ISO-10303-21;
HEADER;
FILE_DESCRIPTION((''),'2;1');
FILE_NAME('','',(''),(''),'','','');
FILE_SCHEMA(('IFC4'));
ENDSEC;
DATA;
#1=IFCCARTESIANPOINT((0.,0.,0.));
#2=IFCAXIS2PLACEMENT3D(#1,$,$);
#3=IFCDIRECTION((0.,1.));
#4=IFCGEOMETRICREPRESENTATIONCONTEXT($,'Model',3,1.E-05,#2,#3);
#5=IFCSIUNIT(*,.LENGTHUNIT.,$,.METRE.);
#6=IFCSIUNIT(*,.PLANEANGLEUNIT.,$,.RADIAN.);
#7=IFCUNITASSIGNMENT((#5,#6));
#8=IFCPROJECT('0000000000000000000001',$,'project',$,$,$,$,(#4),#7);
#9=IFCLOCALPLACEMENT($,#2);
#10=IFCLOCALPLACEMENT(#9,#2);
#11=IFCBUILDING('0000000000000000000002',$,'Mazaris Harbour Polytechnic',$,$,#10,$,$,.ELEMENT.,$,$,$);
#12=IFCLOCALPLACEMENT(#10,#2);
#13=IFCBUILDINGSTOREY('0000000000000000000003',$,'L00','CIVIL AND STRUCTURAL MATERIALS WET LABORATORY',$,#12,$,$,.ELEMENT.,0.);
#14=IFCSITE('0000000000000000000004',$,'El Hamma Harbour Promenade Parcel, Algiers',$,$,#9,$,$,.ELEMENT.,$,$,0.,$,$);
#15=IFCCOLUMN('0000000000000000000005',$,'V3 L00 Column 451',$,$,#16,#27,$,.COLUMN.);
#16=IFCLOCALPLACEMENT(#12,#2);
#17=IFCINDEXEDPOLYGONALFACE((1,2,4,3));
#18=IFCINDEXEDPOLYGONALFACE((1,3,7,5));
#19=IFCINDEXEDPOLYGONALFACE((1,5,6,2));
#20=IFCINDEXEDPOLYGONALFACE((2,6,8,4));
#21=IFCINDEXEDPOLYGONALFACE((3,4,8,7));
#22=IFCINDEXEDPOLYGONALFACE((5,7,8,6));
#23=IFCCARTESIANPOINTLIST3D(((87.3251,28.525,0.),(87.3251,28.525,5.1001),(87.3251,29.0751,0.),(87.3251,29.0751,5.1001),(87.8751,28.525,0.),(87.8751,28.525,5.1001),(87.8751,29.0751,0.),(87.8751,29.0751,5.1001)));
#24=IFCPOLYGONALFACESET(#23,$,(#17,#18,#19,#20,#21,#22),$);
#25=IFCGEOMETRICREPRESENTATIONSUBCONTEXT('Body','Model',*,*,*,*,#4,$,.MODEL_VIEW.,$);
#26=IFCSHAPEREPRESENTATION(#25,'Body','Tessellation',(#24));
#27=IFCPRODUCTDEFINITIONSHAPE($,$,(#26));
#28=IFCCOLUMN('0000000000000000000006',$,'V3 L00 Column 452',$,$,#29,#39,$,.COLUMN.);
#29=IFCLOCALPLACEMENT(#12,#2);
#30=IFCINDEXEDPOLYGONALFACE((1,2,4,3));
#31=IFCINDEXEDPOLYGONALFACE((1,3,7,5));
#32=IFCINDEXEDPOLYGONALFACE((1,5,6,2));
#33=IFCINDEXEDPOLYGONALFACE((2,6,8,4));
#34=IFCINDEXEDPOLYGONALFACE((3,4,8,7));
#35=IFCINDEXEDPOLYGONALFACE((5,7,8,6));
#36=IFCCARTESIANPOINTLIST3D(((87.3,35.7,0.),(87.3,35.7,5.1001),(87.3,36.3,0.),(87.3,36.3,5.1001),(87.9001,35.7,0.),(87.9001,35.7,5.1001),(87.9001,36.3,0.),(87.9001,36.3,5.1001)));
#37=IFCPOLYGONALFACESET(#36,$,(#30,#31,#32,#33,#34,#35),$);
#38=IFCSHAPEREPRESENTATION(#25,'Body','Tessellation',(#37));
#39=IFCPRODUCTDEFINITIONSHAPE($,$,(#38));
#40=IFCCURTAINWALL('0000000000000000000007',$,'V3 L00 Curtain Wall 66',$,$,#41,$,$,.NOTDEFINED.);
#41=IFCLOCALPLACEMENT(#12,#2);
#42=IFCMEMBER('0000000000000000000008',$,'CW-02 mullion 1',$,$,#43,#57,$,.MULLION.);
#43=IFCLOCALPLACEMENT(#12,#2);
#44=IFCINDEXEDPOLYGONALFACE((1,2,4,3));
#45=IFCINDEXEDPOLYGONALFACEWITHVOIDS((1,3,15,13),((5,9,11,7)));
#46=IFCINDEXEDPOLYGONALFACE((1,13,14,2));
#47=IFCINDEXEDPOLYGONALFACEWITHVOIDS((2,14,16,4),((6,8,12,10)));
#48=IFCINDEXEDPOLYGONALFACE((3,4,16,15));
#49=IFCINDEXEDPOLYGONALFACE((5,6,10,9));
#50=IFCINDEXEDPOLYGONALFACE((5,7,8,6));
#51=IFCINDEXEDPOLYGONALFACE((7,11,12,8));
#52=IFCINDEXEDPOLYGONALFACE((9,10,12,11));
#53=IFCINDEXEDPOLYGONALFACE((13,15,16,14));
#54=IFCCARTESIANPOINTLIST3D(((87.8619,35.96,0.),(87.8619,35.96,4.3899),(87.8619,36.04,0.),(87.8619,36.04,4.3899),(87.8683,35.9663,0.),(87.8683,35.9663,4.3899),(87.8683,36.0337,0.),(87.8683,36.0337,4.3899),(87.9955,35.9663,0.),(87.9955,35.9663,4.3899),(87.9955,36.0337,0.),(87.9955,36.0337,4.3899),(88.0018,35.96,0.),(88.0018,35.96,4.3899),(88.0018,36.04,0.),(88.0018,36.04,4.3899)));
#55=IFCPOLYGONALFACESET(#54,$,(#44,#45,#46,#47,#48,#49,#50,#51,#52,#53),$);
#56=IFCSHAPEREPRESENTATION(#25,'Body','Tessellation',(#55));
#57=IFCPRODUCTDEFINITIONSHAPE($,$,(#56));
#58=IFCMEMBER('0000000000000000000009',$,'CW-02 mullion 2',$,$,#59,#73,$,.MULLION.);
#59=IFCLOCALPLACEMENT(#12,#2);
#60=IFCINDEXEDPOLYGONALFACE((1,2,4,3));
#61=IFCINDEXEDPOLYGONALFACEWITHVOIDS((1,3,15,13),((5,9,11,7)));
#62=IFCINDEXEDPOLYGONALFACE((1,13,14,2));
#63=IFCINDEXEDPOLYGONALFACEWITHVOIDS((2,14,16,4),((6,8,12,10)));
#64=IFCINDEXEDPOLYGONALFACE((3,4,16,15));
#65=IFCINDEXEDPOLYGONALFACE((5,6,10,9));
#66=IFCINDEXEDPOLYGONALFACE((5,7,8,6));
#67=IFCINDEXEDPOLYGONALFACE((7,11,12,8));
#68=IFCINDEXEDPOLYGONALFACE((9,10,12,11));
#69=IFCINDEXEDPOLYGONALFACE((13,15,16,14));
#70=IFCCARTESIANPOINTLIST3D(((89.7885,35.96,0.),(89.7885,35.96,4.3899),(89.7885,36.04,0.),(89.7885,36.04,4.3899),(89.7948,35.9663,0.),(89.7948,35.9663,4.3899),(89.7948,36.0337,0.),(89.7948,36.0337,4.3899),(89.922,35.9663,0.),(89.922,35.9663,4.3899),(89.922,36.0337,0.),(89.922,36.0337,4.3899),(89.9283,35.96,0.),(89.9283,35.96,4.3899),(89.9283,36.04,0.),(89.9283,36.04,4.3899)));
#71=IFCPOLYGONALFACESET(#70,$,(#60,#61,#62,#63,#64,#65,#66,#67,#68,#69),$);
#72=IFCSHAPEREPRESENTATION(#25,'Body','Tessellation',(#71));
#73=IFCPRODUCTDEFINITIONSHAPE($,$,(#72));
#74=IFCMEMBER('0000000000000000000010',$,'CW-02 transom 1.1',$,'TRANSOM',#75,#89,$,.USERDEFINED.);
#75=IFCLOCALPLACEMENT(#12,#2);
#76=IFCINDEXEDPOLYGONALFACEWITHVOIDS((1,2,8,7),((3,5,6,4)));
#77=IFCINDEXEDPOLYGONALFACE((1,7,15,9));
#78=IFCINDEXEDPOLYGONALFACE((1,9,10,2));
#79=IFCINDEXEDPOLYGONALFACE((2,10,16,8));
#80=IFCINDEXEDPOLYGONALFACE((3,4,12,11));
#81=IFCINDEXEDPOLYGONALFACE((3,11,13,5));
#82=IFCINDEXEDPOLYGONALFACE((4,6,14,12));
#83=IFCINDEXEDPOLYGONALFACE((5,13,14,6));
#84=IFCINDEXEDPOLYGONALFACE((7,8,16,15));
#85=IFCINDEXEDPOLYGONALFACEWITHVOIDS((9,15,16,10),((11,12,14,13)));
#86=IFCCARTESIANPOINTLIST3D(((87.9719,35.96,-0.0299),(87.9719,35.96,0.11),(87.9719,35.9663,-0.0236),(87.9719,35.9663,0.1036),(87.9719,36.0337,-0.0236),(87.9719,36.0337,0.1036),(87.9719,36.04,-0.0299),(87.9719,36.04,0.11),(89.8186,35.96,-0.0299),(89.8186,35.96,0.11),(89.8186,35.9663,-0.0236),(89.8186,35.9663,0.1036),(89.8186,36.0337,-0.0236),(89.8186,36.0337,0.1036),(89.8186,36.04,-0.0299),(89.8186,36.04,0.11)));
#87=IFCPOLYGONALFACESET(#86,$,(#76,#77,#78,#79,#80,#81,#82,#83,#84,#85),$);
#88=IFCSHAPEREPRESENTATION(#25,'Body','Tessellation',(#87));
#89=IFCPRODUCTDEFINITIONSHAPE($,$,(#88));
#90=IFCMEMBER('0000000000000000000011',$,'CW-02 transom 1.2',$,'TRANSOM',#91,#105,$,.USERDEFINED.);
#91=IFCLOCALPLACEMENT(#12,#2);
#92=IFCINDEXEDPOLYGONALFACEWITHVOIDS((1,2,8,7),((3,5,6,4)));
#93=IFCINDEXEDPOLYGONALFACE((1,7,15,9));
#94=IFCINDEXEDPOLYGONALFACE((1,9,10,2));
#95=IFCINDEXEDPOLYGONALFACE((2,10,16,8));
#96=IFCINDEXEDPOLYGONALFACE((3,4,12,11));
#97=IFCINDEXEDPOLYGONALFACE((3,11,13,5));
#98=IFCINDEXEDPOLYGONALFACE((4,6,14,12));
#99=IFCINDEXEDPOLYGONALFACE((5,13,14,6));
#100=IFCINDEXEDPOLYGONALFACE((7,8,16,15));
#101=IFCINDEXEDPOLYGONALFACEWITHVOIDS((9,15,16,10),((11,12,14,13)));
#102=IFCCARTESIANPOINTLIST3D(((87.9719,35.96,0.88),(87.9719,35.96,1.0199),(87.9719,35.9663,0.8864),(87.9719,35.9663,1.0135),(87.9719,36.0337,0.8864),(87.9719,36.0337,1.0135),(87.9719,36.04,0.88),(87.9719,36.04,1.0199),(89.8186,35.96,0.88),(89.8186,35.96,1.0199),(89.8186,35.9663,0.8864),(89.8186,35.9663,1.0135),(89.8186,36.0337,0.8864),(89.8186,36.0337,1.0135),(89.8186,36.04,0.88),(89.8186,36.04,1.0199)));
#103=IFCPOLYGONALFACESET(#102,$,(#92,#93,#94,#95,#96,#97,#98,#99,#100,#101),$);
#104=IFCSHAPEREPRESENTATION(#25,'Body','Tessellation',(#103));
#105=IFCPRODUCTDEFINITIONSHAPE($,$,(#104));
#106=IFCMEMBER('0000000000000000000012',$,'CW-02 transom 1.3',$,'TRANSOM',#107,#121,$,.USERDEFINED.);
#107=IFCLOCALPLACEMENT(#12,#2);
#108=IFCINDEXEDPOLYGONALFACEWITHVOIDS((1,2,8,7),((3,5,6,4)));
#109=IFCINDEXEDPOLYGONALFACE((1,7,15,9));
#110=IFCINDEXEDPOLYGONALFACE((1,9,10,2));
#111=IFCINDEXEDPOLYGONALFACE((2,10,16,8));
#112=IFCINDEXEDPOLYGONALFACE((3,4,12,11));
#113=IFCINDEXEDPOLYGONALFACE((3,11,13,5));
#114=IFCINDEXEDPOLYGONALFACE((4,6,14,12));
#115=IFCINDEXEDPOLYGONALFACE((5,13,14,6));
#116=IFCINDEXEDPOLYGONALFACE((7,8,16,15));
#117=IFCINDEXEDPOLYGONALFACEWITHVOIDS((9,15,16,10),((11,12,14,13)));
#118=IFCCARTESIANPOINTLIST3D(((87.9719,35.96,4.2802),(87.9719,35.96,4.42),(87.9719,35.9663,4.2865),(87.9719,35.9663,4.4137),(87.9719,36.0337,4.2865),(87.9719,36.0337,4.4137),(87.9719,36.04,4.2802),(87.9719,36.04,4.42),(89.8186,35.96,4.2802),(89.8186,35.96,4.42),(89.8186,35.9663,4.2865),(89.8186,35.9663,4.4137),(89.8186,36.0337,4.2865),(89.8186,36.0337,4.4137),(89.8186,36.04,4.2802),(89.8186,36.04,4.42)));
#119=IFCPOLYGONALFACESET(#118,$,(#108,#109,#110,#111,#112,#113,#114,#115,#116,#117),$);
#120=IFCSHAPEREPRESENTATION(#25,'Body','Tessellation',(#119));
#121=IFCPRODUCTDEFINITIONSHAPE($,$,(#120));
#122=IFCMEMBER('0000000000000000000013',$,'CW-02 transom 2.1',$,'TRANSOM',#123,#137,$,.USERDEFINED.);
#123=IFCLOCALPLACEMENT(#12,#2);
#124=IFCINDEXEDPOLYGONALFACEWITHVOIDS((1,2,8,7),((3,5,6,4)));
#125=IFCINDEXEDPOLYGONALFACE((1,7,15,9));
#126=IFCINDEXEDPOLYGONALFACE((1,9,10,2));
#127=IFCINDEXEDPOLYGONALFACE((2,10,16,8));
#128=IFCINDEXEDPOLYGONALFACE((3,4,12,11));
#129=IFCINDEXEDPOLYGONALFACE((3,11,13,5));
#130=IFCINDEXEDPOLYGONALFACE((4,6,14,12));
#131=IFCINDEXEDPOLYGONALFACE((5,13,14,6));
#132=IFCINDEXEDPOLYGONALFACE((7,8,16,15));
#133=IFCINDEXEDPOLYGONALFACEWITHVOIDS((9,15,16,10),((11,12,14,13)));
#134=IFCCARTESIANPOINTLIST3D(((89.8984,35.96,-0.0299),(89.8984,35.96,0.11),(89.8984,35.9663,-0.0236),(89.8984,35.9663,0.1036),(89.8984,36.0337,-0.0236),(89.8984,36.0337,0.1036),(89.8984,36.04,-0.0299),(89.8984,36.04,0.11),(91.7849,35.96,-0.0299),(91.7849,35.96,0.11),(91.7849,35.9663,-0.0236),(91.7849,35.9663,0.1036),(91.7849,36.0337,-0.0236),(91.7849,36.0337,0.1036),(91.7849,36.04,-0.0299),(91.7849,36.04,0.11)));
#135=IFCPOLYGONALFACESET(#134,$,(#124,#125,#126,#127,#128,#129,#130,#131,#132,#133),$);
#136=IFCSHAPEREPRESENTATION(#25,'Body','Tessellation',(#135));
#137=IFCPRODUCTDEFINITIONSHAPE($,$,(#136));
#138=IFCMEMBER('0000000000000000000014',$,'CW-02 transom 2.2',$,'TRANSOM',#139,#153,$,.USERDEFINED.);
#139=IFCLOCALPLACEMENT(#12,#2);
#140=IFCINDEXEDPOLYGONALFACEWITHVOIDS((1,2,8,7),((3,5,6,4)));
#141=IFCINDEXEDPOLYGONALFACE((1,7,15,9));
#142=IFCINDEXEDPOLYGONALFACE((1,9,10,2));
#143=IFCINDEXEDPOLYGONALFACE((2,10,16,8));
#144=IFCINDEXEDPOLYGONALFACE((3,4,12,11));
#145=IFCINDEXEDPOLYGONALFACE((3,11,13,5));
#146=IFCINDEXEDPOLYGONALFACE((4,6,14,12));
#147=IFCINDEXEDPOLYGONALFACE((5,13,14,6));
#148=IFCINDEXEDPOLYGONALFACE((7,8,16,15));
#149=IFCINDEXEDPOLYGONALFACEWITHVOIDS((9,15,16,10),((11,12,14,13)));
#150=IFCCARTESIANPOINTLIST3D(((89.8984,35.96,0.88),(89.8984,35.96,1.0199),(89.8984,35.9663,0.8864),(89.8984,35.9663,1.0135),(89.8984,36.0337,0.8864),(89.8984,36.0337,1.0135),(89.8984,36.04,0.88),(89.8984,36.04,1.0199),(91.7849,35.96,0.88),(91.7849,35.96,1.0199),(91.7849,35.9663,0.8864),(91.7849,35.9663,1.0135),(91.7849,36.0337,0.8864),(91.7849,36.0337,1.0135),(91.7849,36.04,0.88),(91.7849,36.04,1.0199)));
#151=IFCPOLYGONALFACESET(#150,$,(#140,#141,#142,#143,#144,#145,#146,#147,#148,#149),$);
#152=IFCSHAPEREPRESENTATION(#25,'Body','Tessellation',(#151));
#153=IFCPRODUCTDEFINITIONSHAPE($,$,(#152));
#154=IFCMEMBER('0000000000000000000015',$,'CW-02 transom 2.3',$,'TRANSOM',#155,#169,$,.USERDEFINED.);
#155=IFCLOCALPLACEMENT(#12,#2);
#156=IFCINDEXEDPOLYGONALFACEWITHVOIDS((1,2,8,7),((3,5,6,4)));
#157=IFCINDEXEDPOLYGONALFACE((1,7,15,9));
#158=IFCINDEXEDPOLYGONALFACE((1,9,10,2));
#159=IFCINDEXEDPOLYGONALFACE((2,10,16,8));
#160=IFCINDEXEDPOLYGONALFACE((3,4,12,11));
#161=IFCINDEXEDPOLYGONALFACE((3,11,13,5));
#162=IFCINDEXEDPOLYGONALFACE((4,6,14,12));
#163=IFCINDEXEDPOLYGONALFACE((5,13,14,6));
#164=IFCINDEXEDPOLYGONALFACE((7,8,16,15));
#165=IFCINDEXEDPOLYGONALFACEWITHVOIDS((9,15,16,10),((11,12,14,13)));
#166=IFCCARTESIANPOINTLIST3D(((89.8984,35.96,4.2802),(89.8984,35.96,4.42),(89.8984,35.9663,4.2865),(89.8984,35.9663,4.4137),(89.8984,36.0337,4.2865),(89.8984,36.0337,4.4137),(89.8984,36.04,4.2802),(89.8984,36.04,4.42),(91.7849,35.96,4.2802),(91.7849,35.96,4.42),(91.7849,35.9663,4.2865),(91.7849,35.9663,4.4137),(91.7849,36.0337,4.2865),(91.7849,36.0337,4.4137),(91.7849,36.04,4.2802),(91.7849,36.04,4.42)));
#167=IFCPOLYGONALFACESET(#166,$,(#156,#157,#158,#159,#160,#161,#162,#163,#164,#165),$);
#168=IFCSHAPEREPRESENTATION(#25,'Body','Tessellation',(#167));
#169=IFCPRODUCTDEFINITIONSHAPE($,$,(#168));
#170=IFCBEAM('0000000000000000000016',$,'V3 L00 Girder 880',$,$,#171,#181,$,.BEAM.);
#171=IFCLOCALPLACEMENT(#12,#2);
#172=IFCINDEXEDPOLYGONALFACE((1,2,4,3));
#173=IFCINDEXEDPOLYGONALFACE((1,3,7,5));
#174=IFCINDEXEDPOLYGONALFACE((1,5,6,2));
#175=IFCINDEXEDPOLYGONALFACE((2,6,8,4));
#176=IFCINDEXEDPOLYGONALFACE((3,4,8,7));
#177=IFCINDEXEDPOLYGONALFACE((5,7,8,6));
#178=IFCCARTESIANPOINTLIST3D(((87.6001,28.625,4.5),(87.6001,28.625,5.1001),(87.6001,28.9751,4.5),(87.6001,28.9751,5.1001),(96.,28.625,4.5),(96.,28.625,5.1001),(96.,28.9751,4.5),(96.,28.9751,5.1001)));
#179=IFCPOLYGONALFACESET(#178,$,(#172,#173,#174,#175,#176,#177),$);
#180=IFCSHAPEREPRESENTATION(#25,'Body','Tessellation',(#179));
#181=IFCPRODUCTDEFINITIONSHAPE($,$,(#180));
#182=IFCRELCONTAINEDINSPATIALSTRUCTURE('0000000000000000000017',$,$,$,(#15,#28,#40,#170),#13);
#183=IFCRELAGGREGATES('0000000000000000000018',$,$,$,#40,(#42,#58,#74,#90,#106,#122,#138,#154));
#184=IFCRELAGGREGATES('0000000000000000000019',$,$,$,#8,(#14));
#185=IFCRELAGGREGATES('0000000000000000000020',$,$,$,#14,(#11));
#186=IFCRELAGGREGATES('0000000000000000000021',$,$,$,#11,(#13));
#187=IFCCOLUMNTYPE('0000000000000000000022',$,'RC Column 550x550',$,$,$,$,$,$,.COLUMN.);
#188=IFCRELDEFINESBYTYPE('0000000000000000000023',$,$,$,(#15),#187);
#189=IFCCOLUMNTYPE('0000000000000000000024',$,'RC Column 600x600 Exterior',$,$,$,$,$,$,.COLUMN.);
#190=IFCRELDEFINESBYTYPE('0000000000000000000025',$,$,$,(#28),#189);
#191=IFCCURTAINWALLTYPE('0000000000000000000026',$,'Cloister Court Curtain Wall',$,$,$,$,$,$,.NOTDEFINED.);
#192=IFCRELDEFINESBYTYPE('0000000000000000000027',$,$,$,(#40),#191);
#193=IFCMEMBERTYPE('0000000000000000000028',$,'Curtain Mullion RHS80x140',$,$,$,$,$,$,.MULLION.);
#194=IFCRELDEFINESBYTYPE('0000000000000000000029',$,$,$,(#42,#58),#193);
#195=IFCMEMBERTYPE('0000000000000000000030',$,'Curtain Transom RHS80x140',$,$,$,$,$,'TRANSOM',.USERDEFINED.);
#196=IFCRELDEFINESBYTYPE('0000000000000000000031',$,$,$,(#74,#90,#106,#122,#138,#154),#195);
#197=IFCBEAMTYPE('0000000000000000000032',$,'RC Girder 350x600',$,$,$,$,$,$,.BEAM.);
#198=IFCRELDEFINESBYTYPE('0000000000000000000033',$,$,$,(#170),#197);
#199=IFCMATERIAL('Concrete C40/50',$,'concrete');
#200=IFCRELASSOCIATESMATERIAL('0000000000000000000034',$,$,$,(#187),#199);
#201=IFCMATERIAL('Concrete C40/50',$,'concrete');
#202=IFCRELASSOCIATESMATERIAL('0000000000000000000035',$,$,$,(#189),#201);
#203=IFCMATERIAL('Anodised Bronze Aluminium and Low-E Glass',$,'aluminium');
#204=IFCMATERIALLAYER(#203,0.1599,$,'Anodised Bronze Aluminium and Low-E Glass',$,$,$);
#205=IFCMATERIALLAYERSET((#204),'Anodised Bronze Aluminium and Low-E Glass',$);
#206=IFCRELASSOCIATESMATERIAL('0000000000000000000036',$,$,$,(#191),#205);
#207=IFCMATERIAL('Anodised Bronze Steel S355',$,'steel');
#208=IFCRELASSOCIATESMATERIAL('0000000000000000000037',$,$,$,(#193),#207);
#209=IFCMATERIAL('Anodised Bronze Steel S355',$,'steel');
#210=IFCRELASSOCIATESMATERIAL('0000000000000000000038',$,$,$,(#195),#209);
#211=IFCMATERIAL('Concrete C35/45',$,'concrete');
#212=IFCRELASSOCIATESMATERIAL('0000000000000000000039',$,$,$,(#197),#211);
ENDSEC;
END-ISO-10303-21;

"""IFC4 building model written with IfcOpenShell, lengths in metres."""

from ifc_helpers import new_model, si_unit, direction, frame, origin, origin_2d, place, context, subcontext, project, spatial, rectangle, hollow_rectangle, extrude, material, layer, layer_set, material_profile, profile_set, type_object, element, aggregate, save


model = new_model("IFC4")

# Units and contexts
model_context = context("Model", 3, precision=1e-05, world=origin(), true_north=direction((0.0, 1.0)))
body_context = subcontext(model_context, "Body", "Model", "MODEL_VIEW")
ifc_project = project(units=[si_unit("LENGTHUNIT", "METRE"), si_unit("PLANEANGLEUNIT", "RADIAN")], contexts=[model_context])

# Site, building, storey
site_placement = place(None, origin())
site = spatial("IfcSite", under=ifc_project, at=site_placement, Name="El Hamma Harbour Promenade Parcel, Algiers", CompositionType="ELEMENT", RefElevation=0.0)
building_placement = place(site_placement, origin())
building = spatial("IfcBuilding", under=site, at=building_placement, Name="Mazaris Harbour Polytechnic", CompositionType="ELEMENT")
storey_placement = place(building_placement, origin())
storey = spatial("IfcBuildingStorey", under=building, at=storey_placement, Name="L00", Description="CIVIL AND STRUCTURAL MATERIALS WET LABORATORY", CompositionType="ELEMENT", Elevation=0.0)

# Columns
ifc_material_1 = material(Name="Concrete C40/50", Category="concrete")
ifc_material_profile_1 = material_profile(ifc_material_1, rectangle(XDim=0.55, YDim=0.55, at=origin_2d()), Name="RECT550x550")
ifc_profile_set_1 = profile_set([ifc_material_profile_1], Name="Concrete C40/50")
column_type_1 = type_object("IfcColumnType", Name="RC Column 550x550", PredefinedType="COLUMN", material=ifc_profile_set_1)
column_1_placement = place(storey_placement, frame((87.6001, 28.8, 0.0), z_axis=(0.0, 0.0, 1.0), x_axis=(1.0, 0.0, 0.0)))
element("IfcColumn", 1, at=column_1_placement, inside=storey, type_object=column_type_1, Name="V3 L00 Column 451", PredefinedType="COLUMN", context=body_context, shape_type="SweptSolid", body=[
    extrude(rectangle(XDim=0.55, YDim=0.55, at=origin_2d()), origin(), (0.0, 0.0, 1.0), 5.1001),
])
ifc_material_2 = material(Name="Concrete C40/50", Category="concrete")
ifc_material_profile_2 = material_profile(ifc_material_2, rectangle(XDim=0.6001, YDim=0.6001, at=origin_2d()), Name="RECT600x600")
ifc_profile_set_2 = profile_set([ifc_material_profile_2], Name="Concrete C40/50")
column_type_2 = type_object("IfcColumnType", Name="RC Column 600x600 Exterior", PredefinedType="COLUMN", material=ifc_profile_set_2)
column_2_placement = place(storey_placement, frame((87.6001, 36.0, 0.0), z_axis=(0.0, 0.0, 1.0), x_axis=(1.0, 0.0, 0.0)))
element("IfcColumn", 2, at=column_2_placement, inside=storey, type_object=column_type_2, Name="V3 L00 Column 452", PredefinedType="COLUMN", context=body_context, shape_type="SweptSolid", body=[
    extrude(rectangle(XDim=0.6001, YDim=0.6001, at=origin_2d()), origin(), (0.0, 0.0, 1.0), 5.1001),
])

# Curtain wall, members
ifc_material_3 = material(Name="Anodised Bronze Aluminium and Low-E Glass", Category="aluminium")
ifc_layer_1 = layer(ifc_material_3, 0.1599, Name="Anodised Bronze Aluminium and Low-E Glass")
ifc_layer_set_1 = layer_set([ifc_layer_1], Name="Anodised Bronze Aluminium and Low-E Glass")
curtain_wall_type = type_object("IfcCurtainWallType", Name="Cloister Court Curtain Wall", PredefinedType="NOTDEFINED", material=ifc_layer_set_1)
curtain_wall_placement = place(storey_placement, origin())
curtain_wall = element("IfcCurtainWall", 3, at=curtain_wall_placement, inside=storey, type_object=curtain_wall_type, Name="V3 L00 Curtain Wall 66", PredefinedType="NOTDEFINED")
ifc_material_4 = material(Name="Anodised Bronze Steel S355", Category="steel")
ifc_material_profile_3 = material_profile(ifc_material_4, hollow_rectangle(XDim=0.0801, YDim=0.1399, WallThickness=0.0063, at=origin_2d()), Name="RHS 80x140x6.3")
ifc_profile_set_3 = profile_set([ifc_material_profile_3], Name="Anodised Bronze Steel S355")
member_type_1 = type_object("IfcMemberType", Name="Curtain Mullion RHS80x140", PredefinedType="MULLION", material=ifc_profile_set_3)
member_1_placement = place(storey_placement, frame((87.9319, 36.0, 0.0), z_axis=(0.0, 0.0, 1.0), x_axis=(0.0, 1.0, 0.0)))
member_1 = element("IfcMember", 4, at=member_1_placement, type_object=member_type_1, Name="CW-02 mullion 1", PredefinedType="MULLION", context=body_context, shape_type="SweptSolid", body=[
    extrude(hollow_rectangle(XDim=0.0801, YDim=0.1399, WallThickness=0.0063, at=origin_2d()), origin(), (0.0, 0.0, 1.0), 4.3899),
])
member_2_placement = place(storey_placement, frame((89.8584, 36.0, 0.0), z_axis=(0.0, 0.0, 1.0), x_axis=(0.0, 1.0, 0.0)))
member_2 = element("IfcMember", 5, at=member_2_placement, type_object=member_type_1, Name="CW-02 mullion 2", PredefinedType="MULLION", context=body_context, shape_type="SweptSolid", body=[
    extrude(hollow_rectangle(XDim=0.0801, YDim=0.1399, WallThickness=0.0063, at=origin_2d()), origin(), (0.0, 0.0, 1.0), 4.3899),
])
ifc_material_5 = material(Name="Anodised Bronze Steel S355", Category="steel")
ifc_material_profile_4 = material_profile(ifc_material_5, hollow_rectangle(XDim=0.0801, YDim=0.1399, WallThickness=0.0063, at=origin_2d()), Name="RHS 80x140x6.3")
ifc_profile_set_4 = profile_set([ifc_material_profile_4], Name="Anodised Bronze Steel S355")
member_type_2 = type_object("IfcMemberType", Name="Curtain Transom RHS80x140", ElementType="TRANSOM", PredefinedType="USERDEFINED", material=ifc_profile_set_4)
member_3_placement = place(storey_placement, frame((87.9719, 36.0, 0.04), z_axis=(1.0, 0.0, 0.0), x_axis=(0.0, 1.0, 0.0)))
member_3 = element("IfcMember", 6, at=member_3_placement, type_object=member_type_2, Name="CW-02 transom 1.1", ObjectType="TRANSOM", PredefinedType="USERDEFINED", context=body_context, shape_type="SweptSolid", body=[
    extrude(hollow_rectangle(XDim=0.0801, YDim=0.1399, WallThickness=0.0063, at=origin_2d()), origin(), (0.0, 0.0, 1.0), 1.8467),
])
member_4_placement = place(storey_placement, frame((87.9719, 36.0, 0.95), z_axis=(1.0, 0.0, 0.0), x_axis=(0.0, 1.0, 0.0)))
member_4 = element("IfcMember", 7, at=member_4_placement, type_object=member_type_2, Name="CW-02 transom 1.2", ObjectType="TRANSOM", PredefinedType="USERDEFINED", context=body_context, shape_type="SweptSolid", body=[
    extrude(hollow_rectangle(XDim=0.0801, YDim=0.1399, WallThickness=0.0063, at=origin_2d()), origin(), (0.0, 0.0, 1.0), 1.8467),
])
member_5_placement = place(storey_placement, frame((87.9719, 36.0, 4.3501), z_axis=(1.0, 0.0, 0.0), x_axis=(0.0, 1.0, 0.0)))
member_5 = element("IfcMember", 8, at=member_5_placement, type_object=member_type_2, Name="CW-02 transom 1.3", ObjectType="TRANSOM", PredefinedType="USERDEFINED", context=body_context, shape_type="SweptSolid", body=[
    extrude(hollow_rectangle(XDim=0.0801, YDim=0.1399, WallThickness=0.0063, at=origin_2d()), origin(), (0.0, 0.0, 1.0), 1.8467),
])
member_6_placement = place(storey_placement, frame((89.8984, 36.0, 0.04), z_axis=(1.0, 0.0, 0.0), x_axis=(0.0, 1.0, 0.0)))
member_6 = element("IfcMember", 9, at=member_6_placement, type_object=member_type_2, Name="CW-02 transom 2.1", ObjectType="TRANSOM", PredefinedType="USERDEFINED", context=body_context, shape_type="SweptSolid", body=[
    extrude(hollow_rectangle(XDim=0.0801, YDim=0.1399, WallThickness=0.0063, at=origin_2d()), origin(), (0.0, 0.0, 1.0), 1.8865),
])
member_7_placement = place(storey_placement, frame((89.8984, 36.0, 0.95), z_axis=(1.0, 0.0, 0.0), x_axis=(0.0, 1.0, 0.0)))
member_7 = element("IfcMember", 10, at=member_7_placement, type_object=member_type_2, Name="CW-02 transom 2.2", ObjectType="TRANSOM", PredefinedType="USERDEFINED", context=body_context, shape_type="SweptSolid", body=[
    extrude(hollow_rectangle(XDim=0.0801, YDim=0.1399, WallThickness=0.0063, at=origin_2d()), origin(), (0.0, 0.0, 1.0), 1.8865),
])
member_8_placement = place(storey_placement, frame((89.8984, 36.0, 4.3501), z_axis=(1.0, 0.0, 0.0), x_axis=(0.0, 1.0, 0.0)))
member_8 = element("IfcMember", 11, at=member_8_placement, type_object=member_type_2, Name="CW-02 transom 2.3", ObjectType="TRANSOM", PredefinedType="USERDEFINED", context=body_context, shape_type="SweptSolid", body=[
    extrude(hollow_rectangle(XDim=0.0801, YDim=0.1399, WallThickness=0.0063, at=origin_2d()), origin(), (0.0, 0.0, 1.0), 1.8865),
])

# Beam
ifc_material_6 = material(Name="Concrete C35/45", Category="concrete")
ifc_material_profile_5 = material_profile(ifc_material_6, rectangle(XDim=0.3501, YDim=0.6001, at=origin_2d()), Name="RECT350x600")
ifc_profile_set_5 = profile_set([ifc_material_profile_5], Name="Concrete C35/45")
beam_type_1 = type_object("IfcBeamType", Name="RC Girder 350x600", PredefinedType="BEAM", material=ifc_profile_set_5)
beam_1_placement = place(storey_placement, frame((87.6001, 28.8, 4.8), z_axis=(1.0, 0.0, 0.0), x_axis=(0.0, 1.0, 0.0)))
element("IfcBeam", 12, at=beam_1_placement, inside=storey, type_object=beam_type_1, Name="V3 L00 Girder 880", PredefinedType="BEAM", context=body_context, shape_type="SweptSolid", body=[
    extrude(rectangle(XDim=0.3501, YDim=0.6001, at=origin_2d()), origin(), (0.0, 0.0, 1.0), 8.3999),
])

aggregate(curtain_wall, [member_1, member_2, member_3, member_4, member_5, member_6, member_7, member_8])

save(model, "model.ifc")
